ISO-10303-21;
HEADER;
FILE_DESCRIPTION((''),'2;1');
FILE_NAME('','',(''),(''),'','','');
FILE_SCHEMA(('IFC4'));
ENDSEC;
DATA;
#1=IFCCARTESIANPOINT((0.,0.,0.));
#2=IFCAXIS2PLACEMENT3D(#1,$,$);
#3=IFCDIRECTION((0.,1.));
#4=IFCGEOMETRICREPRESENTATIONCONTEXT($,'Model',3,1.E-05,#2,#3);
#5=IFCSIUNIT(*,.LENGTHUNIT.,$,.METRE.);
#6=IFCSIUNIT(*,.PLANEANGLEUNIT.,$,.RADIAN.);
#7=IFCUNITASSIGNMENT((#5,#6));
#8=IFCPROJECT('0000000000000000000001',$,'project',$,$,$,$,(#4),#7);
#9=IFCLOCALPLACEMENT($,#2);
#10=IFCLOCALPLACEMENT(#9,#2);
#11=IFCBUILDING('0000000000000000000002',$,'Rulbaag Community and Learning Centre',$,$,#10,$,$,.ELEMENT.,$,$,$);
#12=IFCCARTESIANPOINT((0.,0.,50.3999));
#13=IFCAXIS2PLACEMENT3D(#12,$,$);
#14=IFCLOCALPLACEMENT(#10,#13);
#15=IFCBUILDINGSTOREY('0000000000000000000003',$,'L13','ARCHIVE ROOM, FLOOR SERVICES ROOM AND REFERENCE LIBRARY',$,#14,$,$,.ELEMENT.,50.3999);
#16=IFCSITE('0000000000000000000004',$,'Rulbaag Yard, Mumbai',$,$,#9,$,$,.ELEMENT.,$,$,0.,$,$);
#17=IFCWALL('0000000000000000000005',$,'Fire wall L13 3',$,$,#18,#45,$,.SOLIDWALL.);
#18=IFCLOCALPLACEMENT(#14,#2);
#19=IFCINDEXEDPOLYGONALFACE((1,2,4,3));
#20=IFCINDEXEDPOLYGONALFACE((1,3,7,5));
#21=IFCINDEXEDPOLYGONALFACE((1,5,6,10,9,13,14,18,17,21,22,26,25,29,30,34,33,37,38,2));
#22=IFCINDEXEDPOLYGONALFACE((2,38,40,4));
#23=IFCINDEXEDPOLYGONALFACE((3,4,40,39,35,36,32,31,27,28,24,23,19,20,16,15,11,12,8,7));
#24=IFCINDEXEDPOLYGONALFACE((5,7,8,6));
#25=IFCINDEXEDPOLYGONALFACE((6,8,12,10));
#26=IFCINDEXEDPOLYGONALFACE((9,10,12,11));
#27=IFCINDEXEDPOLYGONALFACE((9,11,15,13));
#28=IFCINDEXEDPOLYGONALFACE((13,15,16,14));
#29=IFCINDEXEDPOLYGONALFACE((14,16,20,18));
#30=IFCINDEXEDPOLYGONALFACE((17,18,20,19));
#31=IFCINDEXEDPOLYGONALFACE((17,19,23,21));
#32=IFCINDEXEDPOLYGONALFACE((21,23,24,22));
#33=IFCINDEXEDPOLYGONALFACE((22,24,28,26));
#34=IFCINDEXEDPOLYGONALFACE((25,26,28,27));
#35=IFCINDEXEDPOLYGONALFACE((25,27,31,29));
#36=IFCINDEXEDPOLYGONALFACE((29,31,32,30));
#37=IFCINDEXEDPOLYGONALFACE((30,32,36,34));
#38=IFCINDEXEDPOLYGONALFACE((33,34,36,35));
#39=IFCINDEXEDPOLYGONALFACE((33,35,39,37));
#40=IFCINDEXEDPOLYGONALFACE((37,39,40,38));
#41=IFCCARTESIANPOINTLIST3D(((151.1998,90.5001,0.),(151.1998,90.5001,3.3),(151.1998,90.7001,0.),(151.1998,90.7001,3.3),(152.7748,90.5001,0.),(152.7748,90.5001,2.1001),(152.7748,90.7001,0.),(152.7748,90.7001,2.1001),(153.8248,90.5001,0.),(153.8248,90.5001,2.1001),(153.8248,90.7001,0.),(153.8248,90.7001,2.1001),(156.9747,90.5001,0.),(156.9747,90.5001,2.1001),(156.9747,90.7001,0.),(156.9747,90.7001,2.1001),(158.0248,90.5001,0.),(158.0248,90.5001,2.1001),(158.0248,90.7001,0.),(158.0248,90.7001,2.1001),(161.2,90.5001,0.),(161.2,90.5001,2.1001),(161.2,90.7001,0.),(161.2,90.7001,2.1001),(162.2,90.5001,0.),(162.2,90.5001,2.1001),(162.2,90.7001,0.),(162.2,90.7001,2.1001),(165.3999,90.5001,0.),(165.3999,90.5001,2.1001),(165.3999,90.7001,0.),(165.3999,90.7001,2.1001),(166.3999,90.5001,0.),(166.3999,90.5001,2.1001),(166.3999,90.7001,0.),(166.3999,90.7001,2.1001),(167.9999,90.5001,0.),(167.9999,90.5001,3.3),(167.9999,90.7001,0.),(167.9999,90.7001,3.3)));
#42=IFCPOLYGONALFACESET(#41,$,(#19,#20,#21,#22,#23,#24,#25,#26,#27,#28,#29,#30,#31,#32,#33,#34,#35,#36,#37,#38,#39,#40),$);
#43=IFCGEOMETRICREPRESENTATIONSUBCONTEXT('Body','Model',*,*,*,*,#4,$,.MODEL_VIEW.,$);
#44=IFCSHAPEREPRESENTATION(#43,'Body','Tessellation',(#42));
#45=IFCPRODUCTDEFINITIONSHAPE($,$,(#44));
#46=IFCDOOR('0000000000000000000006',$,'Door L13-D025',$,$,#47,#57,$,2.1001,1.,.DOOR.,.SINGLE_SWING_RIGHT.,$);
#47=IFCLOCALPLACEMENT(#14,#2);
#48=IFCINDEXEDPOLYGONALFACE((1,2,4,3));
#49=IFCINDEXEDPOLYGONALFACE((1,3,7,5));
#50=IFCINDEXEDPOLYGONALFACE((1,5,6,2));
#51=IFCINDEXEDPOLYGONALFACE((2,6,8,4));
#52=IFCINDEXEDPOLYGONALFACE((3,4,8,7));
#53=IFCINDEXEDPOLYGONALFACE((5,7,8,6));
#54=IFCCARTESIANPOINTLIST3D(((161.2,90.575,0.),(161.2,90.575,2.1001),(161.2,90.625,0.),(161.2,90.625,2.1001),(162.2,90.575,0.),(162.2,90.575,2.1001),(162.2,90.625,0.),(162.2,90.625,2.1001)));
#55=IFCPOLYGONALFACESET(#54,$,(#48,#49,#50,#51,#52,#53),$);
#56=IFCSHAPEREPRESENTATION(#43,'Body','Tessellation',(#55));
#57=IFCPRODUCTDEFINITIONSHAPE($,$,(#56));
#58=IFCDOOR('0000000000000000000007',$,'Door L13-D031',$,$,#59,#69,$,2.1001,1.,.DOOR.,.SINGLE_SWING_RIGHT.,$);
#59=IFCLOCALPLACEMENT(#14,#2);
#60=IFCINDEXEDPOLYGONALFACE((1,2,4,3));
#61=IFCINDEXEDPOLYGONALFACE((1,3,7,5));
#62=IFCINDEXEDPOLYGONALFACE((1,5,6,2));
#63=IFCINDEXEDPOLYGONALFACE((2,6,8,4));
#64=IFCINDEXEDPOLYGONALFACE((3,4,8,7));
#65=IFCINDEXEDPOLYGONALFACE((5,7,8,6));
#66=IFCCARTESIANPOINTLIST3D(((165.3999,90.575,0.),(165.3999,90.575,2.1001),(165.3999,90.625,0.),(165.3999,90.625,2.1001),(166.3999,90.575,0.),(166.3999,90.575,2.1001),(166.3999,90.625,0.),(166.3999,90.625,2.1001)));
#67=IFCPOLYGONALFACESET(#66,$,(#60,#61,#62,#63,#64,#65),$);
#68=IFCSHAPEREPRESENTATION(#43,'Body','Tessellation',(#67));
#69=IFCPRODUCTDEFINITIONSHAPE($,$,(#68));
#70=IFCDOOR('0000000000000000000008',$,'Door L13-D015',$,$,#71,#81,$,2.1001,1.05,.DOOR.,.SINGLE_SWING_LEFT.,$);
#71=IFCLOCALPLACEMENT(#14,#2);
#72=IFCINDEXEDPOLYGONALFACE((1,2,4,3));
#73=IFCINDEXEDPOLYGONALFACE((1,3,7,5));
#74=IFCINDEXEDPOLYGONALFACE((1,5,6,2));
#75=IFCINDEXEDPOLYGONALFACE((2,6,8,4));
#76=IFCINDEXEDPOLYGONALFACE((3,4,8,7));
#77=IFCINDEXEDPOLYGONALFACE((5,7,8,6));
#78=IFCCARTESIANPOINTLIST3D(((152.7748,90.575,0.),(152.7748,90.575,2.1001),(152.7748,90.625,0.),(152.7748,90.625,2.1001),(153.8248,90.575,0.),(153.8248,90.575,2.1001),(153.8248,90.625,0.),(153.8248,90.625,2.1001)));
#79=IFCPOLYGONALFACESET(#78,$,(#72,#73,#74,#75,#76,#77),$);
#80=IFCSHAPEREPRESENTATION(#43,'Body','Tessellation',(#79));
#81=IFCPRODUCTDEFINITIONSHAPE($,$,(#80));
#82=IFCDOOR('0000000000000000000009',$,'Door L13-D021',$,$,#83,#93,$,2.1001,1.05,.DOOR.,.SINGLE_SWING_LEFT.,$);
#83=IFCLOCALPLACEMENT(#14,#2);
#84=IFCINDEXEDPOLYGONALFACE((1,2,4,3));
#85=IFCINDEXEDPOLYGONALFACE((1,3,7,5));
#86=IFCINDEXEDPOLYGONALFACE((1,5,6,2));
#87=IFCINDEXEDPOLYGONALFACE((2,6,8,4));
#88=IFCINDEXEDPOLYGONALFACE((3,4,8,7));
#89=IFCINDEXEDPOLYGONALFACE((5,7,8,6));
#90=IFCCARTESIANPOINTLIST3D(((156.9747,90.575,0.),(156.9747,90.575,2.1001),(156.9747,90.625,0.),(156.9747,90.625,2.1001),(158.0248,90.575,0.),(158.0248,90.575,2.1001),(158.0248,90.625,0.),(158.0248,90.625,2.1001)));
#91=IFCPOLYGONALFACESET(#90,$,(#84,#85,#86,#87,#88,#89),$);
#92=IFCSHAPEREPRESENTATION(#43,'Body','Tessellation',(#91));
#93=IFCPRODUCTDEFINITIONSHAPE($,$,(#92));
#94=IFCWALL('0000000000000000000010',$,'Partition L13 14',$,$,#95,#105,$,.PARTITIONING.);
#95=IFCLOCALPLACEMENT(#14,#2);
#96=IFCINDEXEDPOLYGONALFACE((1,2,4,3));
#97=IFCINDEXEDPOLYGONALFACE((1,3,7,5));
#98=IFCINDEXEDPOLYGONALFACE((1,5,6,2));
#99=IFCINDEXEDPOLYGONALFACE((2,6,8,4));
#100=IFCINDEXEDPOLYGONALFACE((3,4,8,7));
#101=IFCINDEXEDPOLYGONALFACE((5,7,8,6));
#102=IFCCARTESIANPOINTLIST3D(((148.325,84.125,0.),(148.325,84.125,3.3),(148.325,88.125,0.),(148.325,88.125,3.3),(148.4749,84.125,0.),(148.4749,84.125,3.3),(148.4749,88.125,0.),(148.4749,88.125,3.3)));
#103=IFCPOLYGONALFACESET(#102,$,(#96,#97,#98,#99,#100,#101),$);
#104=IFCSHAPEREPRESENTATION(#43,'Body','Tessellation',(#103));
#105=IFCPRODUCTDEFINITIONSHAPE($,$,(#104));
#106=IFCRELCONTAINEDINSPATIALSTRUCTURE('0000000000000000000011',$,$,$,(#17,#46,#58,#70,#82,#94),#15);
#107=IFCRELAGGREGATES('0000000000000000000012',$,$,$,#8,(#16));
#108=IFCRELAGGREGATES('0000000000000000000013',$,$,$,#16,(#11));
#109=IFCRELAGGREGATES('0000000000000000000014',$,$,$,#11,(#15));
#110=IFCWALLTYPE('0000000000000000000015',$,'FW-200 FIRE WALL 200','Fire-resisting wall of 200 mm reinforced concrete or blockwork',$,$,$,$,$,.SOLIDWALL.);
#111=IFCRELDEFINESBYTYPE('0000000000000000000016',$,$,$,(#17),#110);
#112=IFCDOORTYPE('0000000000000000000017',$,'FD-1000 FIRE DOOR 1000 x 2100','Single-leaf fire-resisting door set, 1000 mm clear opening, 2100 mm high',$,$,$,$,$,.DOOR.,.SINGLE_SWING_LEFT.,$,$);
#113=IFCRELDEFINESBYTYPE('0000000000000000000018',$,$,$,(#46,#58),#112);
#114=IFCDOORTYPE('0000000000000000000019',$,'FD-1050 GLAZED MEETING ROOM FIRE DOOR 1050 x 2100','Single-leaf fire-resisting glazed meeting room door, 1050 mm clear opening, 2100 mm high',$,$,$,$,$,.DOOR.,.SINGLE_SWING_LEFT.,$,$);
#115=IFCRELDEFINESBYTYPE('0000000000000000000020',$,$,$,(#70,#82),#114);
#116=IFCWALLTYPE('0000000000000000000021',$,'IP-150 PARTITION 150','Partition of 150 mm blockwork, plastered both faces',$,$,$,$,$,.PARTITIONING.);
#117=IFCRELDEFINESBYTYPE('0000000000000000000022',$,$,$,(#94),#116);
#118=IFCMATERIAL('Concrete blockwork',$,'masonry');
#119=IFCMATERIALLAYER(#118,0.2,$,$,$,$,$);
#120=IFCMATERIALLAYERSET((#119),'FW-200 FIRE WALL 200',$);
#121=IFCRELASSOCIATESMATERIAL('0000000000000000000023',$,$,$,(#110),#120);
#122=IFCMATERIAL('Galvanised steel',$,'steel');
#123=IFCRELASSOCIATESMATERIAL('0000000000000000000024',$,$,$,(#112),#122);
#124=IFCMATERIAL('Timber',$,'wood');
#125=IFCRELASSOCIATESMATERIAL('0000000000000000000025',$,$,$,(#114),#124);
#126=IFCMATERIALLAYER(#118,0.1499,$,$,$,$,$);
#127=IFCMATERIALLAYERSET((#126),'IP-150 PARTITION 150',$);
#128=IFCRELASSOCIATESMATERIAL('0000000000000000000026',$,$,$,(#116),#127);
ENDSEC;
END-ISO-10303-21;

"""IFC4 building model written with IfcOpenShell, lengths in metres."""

from ifc_helpers import new_model, si_unit, direction, frame, frame_2d, origin, place, context, subcontext, project, spatial, rectangle, extrude, material, layer, layer_set, type_object, element, fill, save


model = new_model("IFC4")

# Units and contexts
model_context = context("Model", 3, precision=1e-05, world=origin(), true_north=direction((0.0, 1.0)))
body_context = subcontext(model_context, "Body", "Model", "MODEL_VIEW")
ifc_project = project(units=[si_unit("LENGTHUNIT", "METRE"), si_unit("PLANEANGLEUNIT", "RADIAN")], contexts=[model_context])

# Site, building, storey
site_placement = place(None, origin())
site = spatial("IfcSite", under=ifc_project, at=site_placement, Name="Rulbaag Yard, Mumbai", CompositionType="ELEMENT", RefElevation=0.0)
building_placement = place(site_placement, origin())
building = spatial("IfcBuilding", under=site, at=building_placement, Name="Rulbaag Community and Learning Centre", CompositionType="ELEMENT")
storey_placement = place(building_placement, frame((0.0, 0.0, 50.3999)))
storey = spatial("IfcBuildingStorey", under=building, at=storey_placement, Name="L13", Description="ARCHIVE ROOM, FLOOR SERVICES ROOM AND REFERENCE LIBRARY", CompositionType="ELEMENT", Elevation=50.3999)

# Wall, openings, doors
ifc_material_1 = material(Name="Concrete blockwork", Category="masonry")
ifc_layer_1 = layer(ifc_material_1, 0.2)
ifc_layer_set_1 = layer_set([ifc_layer_1], Name="FW-200 FIRE WALL 200")
wall_type_1 = type_object("IfcWallType", Name="FW-200 FIRE WALL 200", Description="Fire-resisting wall of 200 mm reinforced concrete or blockwork", PredefinedType="SOLIDWALL", material=ifc_layer_set_1)
wall_1_placement = place(storey_placement, frame((151.2, 90.6001, 0.0), z_axis=(0.0, 0.0, 1.0), x_axis=(1.0, 0.0, 0.0)))
wall_1 = element("IfcWall", 1, at=wall_1_placement, inside=storey, type_object=wall_type_1, Name="Fire wall L13 3", PredefinedType="SOLIDWALL", context=body_context, shape_type="SweptSolid", body=[
    extrude(rectangle(XDim=16.8, YDim=0.2, at=frame_2d((8.3999, 0.0))), origin(), (0.0, 0.0, 1.0), 3.3),
])
opening_1_placement = place(wall_1_placement, frame((1.575, 0.0, 0.0)))
opening_1 = element("IfcOpeningElement", 2, at=opening_1_placement, cuts=wall_1, PredefinedType="OPENING", context=body_context, shape_type="SweptSolid", body=[
    extrude(rectangle(XDim=1.05, YDim=2.1001, at=frame_2d((0.5249, 1.05))), frame((0.0, 0.1099, 0.0), z_axis=(0.0, -1.0, 0.0), x_axis=(1.0, 0.0, 0.0)), (0.0, 0.0, 1.0), 0.22),
])
opening_2_placement = place(wall_1_placement, frame((5.7749, 0.0, 0.0)))
opening_2 = element("IfcOpeningElement", 3, at=opening_2_placement, cuts=wall_1, PredefinedType="OPENING", context=body_context, shape_type="SweptSolid", body=[
    extrude(rectangle(XDim=1.05, YDim=2.1001, at=frame_2d((0.5249, 1.05))), frame((0.0, 0.1099, 0.0), z_axis=(0.0, -1.0, 0.0), x_axis=(1.0, 0.0, 0.0)), (0.0, 0.0, 1.0), 0.22),
])
opening_3_placement = place(wall_1_placement, frame((10.0, 0.0, 0.0)))
opening_3 = element("IfcOpeningElement", 4, at=opening_3_placement, cuts=wall_1, PredefinedType="OPENING", context=body_context, shape_type="SweptSolid", body=[
    extrude(rectangle(XDim=1.0, YDim=2.1001, at=frame_2d((0.5, 1.05))), frame((0.0, 0.1099, 0.0), z_axis=(0.0, -1.0, 0.0), x_axis=(1.0, 0.0, 0.0)), (0.0, 0.0, 1.0), 0.22),
])
opening_4_placement = place(wall_1_placement, frame((14.2, 0.0, 0.0)))
opening_4 = element("IfcOpeningElement", 5, at=opening_4_placement, cuts=wall_1, PredefinedType="OPENING", context=body_context, shape_type="SweptSolid", body=[
    extrude(rectangle(XDim=1.0, YDim=2.1001, at=frame_2d((0.5, 1.05))), frame((0.0, 0.1099, 0.0), z_axis=(0.0, -1.0, 0.0), x_axis=(1.0, 0.0, 0.0)), (0.0, 0.0, 1.0), 0.22),
])
ifc_material_2 = material(Name="Galvanised steel", Category="steel")
door_type_1 = type_object("IfcDoorType", Name="FD-1000 FIRE DOOR 1000 x 2100", Description="Single-leaf fire-resisting door set, 1000 mm clear opening, 2100 mm high", OperationType="SINGLE_SWING_LEFT", PredefinedType="DOOR", material=ifc_material_2)
door_1_placement = place(opening_3_placement, origin())
door_1 = element("IfcDoor", 6, at=door_1_placement, inside=storey, type_object=door_type_1, Name="Door L13-D025", OperationType="SINGLE_SWING_RIGHT", OverallHeight=2.1001, OverallWidth=1.0, PredefinedType="DOOR", context=body_context, shape_type="SweptSolid", body=[
    extrude(rectangle(XDim=1.0, YDim=2.1001, at=frame_2d((0.5, 1.05))), frame((0.0, 0.0249, 0.0), z_axis=(0.0, -1.0, 0.0), x_axis=(1.0, 0.0, 0.0)), (0.0, 0.0, 1.0), 0.05),
])
fill(opening_3, door_1)
door_2_placement = place(opening_4_placement, origin())
door_2 = element("IfcDoor", 7, at=door_2_placement, inside=storey, type_object=door_type_1, Name="Door L13-D031", OperationType="SINGLE_SWING_RIGHT", OverallHeight=2.1001, OverallWidth=1.0, PredefinedType="DOOR", context=body_context, shape_type="SweptSolid", body=[
    extrude(rectangle(XDim=1.0, YDim=2.1001, at=frame_2d((0.5, 1.05))), frame((0.0, 0.0249, 0.0), z_axis=(0.0, -1.0, 0.0), x_axis=(1.0, 0.0, 0.0)), (0.0, 0.0, 1.0), 0.05),
])
fill(opening_4, door_2)
ifc_material_3 = material(Name="Timber", Category="wood")
door_type_2 = type_object("IfcDoorType", Name="FD-1050 GLAZED MEETING ROOM FIRE DOOR 1050 x 2100", Description="Single-leaf fire-resisting glazed meeting room door, 1050 mm clear opening, 2100 mm high", OperationType="SINGLE_SWING_LEFT", PredefinedType="DOOR", material=ifc_material_3)
door_3_placement = place(opening_1_placement, origin())
door_3 = element("IfcDoor", 8, at=door_3_placement, inside=storey, type_object=door_type_2, Name="Door L13-D015", OperationType="SINGLE_SWING_LEFT", OverallHeight=2.1001, OverallWidth=1.05, PredefinedType="DOOR", context=body_context, shape_type="SweptSolid", body=[
    extrude(rectangle(XDim=1.05, YDim=2.1001, at=frame_2d((0.5249, 1.05))), frame((0.0, 0.0249, 0.0), z_axis=(0.0, -1.0, 0.0), x_axis=(1.0, 0.0, 0.0)), (0.0, 0.0, 1.0), 0.05),
])
fill(opening_1, door_3)
door_4_placement = place(opening_2_placement, origin())
door_4 = element("IfcDoor", 9, at=door_4_placement, inside=storey, type_object=door_type_2, Name="Door L13-D021", OperationType="SINGLE_SWING_LEFT", OverallHeight=2.1001, OverallWidth=1.05, PredefinedType="DOOR", context=body_context, shape_type="SweptSolid", body=[
    extrude(rectangle(XDim=1.05, YDim=2.1001, at=frame_2d((0.5249, 1.05))), frame((0.0, 0.0249, 0.0), z_axis=(0.0, -1.0, 0.0), x_axis=(1.0, 0.0, 0.0)), (0.0, 0.0, 1.0), 0.05),
])
fill(opening_2, door_4)

# Wall
ifc_layer_2 = layer(ifc_material_1, 0.1499)
ifc_layer_set_2 = layer_set([ifc_layer_2], Name="IP-150 PARTITION 150")
wall_type_2 = type_object("IfcWallType", Name="IP-150 PARTITION 150", Description="Partition of 150 mm blockwork, plastered both faces", PredefinedType="PARTITIONING", material=ifc_layer_set_2)
wall_2_placement = place(storey_placement, frame((148.3999, 84.125, 0.0), z_axis=(0.0, 0.0, 1.0), x_axis=(0.0, 1.0, 0.0)))
element("IfcWall", 10, at=wall_2_placement, inside=storey, type_object=wall_type_2, Name="Partition L13 14", PredefinedType="PARTITIONING", context=body_context, shape_type="SweptSolid", body=[
    extrude(rectangle(XDim=4.0, YDim=0.1499, at=frame_2d((2.0, 0.0))), origin(), (0.0, 0.0, 1.0), 3.3),
])

save(model, "model.ifc")
